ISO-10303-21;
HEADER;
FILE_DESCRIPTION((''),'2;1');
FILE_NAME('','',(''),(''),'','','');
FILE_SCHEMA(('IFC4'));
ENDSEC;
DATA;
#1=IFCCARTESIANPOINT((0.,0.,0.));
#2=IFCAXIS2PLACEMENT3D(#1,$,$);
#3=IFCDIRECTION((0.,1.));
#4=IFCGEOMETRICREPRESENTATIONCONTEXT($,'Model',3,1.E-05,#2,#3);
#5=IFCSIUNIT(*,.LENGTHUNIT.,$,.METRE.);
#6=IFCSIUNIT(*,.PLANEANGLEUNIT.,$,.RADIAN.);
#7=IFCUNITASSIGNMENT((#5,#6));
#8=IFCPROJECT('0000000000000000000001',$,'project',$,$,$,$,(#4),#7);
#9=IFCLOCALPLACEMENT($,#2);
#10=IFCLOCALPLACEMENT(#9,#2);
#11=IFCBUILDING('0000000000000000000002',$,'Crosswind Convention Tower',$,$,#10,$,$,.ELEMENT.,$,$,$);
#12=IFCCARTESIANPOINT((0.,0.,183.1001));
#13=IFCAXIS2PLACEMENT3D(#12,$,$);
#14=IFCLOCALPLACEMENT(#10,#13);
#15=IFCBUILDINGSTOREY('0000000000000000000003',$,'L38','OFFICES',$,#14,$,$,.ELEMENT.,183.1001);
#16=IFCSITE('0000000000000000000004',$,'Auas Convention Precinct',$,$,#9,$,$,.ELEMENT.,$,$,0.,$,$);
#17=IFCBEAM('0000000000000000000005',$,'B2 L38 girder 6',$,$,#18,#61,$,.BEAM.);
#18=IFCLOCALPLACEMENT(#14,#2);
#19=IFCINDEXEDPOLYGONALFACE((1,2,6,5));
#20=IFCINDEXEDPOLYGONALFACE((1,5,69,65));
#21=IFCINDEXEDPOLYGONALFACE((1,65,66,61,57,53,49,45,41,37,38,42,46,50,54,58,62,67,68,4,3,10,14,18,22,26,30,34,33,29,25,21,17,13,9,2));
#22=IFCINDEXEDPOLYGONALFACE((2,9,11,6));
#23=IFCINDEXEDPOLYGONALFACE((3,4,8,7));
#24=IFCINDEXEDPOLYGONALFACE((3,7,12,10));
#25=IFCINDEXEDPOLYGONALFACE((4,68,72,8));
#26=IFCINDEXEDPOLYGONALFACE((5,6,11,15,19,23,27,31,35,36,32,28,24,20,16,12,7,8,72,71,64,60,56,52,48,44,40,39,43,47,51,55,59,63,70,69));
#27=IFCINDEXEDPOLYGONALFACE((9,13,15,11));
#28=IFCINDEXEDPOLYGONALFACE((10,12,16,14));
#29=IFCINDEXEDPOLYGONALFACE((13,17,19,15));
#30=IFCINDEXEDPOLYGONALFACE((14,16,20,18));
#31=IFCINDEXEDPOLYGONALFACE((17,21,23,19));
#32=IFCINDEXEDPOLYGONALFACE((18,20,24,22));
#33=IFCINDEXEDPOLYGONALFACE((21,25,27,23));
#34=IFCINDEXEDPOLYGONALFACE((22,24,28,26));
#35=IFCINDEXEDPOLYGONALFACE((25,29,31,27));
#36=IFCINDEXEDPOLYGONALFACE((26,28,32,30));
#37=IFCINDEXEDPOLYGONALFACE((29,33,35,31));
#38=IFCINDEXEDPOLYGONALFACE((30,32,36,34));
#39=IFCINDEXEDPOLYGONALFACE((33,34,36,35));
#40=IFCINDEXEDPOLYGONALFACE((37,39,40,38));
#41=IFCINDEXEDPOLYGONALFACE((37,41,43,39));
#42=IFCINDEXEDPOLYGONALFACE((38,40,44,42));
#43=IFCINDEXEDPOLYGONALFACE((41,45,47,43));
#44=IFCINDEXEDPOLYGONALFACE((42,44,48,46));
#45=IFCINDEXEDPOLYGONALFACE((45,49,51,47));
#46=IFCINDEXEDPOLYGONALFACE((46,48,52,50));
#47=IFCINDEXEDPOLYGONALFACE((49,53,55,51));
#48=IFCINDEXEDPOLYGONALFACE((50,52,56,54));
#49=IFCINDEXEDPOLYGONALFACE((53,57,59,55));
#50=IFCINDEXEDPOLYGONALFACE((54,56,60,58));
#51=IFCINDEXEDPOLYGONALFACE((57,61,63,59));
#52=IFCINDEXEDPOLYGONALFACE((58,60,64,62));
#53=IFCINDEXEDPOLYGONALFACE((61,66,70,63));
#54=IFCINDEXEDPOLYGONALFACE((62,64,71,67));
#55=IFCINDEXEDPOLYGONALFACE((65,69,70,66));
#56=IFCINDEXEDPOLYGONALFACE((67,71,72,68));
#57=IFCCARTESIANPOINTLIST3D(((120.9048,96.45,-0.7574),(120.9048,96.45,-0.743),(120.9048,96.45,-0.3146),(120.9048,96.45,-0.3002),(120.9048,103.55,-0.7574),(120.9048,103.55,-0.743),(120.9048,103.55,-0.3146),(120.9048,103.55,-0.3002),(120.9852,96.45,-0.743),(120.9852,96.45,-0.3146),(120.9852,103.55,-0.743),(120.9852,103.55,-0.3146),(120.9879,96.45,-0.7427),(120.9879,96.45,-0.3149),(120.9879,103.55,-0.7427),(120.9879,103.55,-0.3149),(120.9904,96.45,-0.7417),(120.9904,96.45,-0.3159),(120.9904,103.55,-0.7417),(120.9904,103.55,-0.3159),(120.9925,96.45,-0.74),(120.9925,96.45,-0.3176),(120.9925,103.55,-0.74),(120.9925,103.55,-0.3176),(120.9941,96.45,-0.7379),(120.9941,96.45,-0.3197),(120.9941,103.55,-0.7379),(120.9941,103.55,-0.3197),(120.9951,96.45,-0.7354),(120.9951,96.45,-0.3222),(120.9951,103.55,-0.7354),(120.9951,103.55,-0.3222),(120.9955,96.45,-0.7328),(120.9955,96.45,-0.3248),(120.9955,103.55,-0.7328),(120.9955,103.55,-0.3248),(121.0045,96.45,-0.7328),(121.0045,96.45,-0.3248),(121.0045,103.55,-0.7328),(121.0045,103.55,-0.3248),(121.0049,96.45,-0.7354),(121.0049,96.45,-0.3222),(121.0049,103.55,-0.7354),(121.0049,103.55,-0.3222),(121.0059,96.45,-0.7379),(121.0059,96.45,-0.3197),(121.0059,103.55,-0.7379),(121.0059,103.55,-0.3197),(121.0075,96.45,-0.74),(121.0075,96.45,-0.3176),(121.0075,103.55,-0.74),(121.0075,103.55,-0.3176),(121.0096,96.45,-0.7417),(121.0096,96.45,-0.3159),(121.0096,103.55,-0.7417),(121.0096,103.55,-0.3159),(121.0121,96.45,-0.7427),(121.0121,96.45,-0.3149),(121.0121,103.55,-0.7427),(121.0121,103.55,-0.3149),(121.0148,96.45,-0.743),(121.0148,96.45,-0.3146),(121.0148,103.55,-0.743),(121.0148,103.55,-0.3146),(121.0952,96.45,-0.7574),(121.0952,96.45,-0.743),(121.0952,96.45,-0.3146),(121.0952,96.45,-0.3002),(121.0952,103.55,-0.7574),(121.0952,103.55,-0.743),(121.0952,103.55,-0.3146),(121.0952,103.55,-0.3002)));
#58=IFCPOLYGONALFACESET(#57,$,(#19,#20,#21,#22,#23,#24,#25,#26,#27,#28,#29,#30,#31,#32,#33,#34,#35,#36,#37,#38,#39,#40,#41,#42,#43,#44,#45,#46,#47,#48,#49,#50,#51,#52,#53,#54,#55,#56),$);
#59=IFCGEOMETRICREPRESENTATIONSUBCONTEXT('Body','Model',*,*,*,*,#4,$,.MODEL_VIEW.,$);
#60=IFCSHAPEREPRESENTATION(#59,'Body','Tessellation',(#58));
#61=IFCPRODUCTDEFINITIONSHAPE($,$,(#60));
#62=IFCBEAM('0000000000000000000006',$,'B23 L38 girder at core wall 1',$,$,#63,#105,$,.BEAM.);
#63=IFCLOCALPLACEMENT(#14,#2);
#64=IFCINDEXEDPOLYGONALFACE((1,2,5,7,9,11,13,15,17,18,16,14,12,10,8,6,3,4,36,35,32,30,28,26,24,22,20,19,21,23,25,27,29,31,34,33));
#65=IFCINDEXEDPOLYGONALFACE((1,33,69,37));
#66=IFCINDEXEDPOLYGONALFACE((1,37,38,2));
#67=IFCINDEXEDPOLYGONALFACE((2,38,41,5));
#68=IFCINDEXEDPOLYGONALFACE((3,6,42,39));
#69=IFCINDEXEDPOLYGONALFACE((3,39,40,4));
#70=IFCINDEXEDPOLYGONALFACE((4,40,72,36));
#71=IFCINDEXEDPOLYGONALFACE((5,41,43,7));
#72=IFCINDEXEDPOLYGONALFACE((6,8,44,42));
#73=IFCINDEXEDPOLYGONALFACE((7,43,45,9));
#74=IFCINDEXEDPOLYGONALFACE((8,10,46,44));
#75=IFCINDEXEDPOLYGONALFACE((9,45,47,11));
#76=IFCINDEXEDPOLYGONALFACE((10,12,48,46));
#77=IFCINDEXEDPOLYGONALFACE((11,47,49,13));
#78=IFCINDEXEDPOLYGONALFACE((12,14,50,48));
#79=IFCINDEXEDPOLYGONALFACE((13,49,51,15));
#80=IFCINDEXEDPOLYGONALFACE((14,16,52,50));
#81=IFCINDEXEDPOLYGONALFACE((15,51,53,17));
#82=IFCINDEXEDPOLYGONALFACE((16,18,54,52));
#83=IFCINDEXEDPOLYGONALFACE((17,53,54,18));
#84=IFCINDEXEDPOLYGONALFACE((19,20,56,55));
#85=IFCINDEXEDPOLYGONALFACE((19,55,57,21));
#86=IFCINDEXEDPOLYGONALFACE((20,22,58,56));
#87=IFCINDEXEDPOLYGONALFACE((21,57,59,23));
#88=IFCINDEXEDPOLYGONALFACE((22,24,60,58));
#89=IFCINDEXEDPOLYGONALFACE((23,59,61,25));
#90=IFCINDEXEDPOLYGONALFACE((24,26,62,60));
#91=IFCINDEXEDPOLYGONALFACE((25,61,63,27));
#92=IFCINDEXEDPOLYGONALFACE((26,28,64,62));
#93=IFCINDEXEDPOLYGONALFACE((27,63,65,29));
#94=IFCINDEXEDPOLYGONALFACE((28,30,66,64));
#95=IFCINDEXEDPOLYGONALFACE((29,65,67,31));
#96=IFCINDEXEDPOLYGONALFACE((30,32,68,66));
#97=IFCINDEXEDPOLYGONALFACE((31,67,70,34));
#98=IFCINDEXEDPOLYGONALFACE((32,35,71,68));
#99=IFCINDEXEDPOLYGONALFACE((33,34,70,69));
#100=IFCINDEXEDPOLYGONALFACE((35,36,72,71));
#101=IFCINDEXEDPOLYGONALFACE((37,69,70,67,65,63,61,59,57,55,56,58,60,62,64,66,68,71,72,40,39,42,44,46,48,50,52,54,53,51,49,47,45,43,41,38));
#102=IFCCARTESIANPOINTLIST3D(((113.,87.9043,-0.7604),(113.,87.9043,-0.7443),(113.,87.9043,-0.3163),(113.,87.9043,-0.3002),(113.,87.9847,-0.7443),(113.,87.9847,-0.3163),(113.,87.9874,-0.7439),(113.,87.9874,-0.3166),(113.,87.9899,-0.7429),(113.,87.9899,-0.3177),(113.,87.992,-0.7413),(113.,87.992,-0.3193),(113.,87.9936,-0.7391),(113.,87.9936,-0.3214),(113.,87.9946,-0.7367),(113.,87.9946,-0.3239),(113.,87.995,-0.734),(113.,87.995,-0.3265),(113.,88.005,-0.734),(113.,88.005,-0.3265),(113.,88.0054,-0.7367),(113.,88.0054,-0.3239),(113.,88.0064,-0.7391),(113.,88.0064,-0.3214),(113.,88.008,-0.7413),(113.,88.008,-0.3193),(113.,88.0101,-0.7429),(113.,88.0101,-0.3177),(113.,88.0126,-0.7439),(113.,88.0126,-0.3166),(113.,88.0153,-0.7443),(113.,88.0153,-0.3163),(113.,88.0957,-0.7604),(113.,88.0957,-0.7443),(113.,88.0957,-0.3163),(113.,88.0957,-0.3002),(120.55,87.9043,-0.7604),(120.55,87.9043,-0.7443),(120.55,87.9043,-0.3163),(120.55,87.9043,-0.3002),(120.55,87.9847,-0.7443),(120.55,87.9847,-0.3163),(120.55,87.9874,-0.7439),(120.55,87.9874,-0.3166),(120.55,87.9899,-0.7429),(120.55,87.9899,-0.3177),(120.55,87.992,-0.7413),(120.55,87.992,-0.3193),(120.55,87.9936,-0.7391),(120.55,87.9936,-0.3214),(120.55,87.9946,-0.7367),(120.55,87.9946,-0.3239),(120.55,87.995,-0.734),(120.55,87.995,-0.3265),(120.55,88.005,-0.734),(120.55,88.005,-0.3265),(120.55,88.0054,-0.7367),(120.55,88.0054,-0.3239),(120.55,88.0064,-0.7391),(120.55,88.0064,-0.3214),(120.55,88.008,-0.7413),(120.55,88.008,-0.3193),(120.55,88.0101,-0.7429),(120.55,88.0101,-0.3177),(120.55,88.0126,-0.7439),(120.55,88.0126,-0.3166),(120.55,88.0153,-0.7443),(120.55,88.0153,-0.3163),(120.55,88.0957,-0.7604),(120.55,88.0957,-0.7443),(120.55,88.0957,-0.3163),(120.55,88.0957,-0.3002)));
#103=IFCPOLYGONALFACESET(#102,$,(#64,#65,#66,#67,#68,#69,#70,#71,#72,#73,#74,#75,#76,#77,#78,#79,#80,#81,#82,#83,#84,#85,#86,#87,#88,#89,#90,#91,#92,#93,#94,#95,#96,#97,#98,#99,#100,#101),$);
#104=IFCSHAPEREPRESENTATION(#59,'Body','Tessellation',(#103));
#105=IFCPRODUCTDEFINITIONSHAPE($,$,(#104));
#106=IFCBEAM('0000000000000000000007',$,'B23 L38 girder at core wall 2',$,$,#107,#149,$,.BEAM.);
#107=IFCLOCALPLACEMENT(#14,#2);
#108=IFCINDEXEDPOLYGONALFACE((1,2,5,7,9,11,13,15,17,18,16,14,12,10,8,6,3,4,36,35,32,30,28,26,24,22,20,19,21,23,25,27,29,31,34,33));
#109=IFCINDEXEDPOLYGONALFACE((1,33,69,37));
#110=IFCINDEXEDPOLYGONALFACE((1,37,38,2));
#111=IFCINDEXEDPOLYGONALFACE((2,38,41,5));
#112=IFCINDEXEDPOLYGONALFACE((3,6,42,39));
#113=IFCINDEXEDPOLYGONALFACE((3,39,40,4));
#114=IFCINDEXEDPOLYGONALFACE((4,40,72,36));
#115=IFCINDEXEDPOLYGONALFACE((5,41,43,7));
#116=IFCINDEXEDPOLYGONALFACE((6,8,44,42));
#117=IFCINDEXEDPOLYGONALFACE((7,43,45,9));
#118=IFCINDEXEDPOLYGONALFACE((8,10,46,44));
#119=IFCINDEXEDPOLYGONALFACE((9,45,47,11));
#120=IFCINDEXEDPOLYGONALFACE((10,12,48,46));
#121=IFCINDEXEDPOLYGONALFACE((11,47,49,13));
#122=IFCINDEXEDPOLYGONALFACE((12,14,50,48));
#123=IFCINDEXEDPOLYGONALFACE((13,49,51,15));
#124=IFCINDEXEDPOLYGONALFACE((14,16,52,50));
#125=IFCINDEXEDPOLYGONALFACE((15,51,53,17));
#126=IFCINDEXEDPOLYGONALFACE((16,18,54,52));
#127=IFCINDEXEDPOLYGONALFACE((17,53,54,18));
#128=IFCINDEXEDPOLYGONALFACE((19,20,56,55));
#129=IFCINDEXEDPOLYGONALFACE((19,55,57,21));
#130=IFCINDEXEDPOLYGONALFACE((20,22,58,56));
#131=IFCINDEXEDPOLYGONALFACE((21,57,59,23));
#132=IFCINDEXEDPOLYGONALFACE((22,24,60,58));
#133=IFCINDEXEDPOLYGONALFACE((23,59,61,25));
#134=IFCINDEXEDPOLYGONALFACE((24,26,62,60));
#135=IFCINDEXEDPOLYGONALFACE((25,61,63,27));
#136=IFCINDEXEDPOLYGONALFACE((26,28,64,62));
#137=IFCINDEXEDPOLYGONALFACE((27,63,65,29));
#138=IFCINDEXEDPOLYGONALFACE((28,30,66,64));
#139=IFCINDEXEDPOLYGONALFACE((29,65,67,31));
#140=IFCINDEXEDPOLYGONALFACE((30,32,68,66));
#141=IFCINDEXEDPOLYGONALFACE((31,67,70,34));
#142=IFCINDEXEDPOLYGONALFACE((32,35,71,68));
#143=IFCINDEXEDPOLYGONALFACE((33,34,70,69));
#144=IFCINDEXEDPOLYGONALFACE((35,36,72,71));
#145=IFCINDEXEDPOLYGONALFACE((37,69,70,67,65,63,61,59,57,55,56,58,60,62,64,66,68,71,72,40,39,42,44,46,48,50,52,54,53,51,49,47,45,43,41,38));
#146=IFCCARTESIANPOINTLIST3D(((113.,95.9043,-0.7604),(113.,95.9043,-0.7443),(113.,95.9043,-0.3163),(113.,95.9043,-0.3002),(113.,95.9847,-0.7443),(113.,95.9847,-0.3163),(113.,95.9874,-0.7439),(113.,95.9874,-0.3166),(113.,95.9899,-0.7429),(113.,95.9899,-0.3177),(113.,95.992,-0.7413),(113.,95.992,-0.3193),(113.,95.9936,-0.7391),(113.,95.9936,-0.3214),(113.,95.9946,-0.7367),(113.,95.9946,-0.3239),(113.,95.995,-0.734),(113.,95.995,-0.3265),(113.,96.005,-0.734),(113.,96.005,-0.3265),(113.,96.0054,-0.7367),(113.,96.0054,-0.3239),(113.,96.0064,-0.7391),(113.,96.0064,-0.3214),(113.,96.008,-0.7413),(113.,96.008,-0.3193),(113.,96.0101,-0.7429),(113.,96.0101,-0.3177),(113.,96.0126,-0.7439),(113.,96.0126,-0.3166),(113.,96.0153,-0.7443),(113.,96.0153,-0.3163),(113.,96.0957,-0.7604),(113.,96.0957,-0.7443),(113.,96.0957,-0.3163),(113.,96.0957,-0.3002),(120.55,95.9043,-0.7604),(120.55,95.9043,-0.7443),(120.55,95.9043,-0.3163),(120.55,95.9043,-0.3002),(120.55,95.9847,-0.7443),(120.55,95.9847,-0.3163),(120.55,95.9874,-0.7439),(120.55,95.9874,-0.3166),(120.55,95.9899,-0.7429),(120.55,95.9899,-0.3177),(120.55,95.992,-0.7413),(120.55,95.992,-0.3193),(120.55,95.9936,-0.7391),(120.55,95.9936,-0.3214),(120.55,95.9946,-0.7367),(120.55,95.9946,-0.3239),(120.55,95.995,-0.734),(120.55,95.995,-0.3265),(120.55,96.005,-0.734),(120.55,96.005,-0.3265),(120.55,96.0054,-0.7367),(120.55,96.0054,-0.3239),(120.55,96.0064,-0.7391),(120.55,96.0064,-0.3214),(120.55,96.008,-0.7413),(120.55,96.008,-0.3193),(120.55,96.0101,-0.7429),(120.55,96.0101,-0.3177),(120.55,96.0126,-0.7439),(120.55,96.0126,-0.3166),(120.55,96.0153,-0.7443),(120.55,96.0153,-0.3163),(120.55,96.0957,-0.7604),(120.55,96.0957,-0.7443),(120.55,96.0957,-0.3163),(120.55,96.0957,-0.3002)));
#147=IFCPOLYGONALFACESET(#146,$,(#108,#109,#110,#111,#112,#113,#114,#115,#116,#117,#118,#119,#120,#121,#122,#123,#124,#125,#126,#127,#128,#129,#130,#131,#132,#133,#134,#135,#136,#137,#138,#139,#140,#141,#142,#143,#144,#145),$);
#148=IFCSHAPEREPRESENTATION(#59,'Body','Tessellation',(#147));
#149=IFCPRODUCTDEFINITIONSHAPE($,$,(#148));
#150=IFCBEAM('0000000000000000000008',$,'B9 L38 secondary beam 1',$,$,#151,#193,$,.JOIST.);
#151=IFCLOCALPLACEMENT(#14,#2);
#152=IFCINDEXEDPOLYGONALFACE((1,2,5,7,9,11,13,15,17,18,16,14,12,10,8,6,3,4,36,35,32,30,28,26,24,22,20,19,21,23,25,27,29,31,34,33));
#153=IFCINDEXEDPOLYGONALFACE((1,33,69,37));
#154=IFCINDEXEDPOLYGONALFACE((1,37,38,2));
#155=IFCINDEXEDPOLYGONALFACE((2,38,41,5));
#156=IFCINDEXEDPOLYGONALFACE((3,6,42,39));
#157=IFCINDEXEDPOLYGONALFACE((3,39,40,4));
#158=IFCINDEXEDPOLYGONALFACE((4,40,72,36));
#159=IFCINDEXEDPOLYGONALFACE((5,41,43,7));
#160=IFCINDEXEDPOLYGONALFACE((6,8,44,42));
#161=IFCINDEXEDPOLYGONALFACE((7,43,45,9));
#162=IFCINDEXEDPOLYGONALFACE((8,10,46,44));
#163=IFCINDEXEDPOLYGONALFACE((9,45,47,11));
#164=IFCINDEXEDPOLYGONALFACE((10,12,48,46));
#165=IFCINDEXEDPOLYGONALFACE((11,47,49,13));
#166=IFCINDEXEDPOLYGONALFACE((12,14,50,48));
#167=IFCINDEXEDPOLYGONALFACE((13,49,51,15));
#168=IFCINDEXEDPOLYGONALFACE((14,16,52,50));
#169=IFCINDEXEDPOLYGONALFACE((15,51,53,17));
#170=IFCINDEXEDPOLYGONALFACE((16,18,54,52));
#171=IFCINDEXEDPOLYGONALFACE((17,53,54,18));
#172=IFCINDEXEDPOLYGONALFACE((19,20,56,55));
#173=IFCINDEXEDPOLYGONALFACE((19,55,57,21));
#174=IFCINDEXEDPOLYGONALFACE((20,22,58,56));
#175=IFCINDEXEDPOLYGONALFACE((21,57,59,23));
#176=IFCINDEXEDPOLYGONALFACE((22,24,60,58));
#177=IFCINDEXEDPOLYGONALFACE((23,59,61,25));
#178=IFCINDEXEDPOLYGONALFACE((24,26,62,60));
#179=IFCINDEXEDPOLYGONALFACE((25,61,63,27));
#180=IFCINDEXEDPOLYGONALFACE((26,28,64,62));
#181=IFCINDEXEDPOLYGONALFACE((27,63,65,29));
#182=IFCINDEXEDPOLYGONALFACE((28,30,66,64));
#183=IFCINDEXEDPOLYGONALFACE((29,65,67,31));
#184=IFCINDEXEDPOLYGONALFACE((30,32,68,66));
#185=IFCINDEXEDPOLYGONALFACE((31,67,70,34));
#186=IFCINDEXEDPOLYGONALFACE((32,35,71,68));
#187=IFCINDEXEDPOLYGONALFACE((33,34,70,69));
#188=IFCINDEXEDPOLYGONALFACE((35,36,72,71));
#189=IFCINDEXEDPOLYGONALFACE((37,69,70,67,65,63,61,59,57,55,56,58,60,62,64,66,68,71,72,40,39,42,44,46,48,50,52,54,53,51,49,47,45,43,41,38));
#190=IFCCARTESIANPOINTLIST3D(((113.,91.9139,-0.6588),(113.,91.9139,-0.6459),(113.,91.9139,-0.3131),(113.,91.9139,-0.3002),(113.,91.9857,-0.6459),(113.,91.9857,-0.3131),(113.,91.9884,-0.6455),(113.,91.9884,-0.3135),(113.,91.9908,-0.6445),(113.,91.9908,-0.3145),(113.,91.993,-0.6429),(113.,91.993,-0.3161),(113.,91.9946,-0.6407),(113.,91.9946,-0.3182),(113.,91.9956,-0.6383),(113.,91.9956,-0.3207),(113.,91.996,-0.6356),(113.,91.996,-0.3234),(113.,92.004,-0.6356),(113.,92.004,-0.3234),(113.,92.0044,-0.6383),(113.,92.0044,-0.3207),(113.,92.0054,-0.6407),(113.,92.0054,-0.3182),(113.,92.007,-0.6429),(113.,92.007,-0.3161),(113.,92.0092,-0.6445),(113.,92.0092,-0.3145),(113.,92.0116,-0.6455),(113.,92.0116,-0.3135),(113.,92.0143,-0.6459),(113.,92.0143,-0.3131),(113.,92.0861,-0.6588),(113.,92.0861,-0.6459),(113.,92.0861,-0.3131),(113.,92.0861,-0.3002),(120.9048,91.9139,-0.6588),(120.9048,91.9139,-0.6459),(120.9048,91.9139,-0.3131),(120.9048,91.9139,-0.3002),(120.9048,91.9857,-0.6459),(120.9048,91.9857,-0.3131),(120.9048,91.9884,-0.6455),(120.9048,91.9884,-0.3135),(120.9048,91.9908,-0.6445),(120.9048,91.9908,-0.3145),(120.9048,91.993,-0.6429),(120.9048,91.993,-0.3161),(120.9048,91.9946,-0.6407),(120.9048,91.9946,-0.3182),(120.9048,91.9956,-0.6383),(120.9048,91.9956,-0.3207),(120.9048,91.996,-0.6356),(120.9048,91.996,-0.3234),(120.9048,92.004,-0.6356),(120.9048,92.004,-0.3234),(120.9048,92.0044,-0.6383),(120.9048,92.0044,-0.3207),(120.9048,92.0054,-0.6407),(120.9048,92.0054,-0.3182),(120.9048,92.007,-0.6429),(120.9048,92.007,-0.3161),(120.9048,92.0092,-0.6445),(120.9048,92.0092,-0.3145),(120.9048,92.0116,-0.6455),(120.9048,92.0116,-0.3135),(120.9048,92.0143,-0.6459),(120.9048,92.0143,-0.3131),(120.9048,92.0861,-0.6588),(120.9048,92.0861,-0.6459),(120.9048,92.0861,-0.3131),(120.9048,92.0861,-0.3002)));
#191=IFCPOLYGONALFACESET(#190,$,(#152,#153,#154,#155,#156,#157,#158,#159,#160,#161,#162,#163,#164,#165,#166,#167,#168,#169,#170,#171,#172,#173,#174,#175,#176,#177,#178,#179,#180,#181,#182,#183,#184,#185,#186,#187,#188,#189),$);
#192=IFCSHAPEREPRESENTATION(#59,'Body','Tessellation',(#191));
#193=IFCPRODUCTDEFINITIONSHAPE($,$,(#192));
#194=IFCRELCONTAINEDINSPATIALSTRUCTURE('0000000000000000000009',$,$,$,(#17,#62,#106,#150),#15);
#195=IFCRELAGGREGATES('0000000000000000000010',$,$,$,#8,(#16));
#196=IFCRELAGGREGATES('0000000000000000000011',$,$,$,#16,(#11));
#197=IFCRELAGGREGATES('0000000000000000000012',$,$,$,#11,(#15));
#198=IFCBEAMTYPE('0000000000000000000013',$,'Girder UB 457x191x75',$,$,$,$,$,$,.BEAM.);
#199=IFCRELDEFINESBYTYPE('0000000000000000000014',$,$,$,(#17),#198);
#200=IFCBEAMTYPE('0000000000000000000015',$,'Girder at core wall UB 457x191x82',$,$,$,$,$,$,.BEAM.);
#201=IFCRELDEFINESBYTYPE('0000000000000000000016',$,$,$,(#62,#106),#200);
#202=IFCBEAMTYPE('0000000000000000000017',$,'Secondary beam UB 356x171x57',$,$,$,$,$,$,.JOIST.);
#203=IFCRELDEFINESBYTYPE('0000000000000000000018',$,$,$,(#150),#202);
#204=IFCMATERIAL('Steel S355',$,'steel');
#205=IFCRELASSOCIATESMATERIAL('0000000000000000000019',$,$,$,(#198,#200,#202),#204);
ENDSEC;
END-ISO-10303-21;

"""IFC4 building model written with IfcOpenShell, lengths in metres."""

from ifc_helpers import new_model, si_unit, direction, frame, origin, origin_2d, place, context, subcontext, project, spatial, i_section, extrude, material, material_profile, profile_set, type_object, element, save


model = new_model("IFC4")

# Units and contexts
model_context = context("Model", 3, precision=1e-05, world=origin(), true_north=direction((0.0, 1.0)))
body_context = subcontext(model_context, "Body", "Model", "MODEL_VIEW")
ifc_project = project(units=[si_unit("LENGTHUNIT", "METRE"), si_unit("PLANEANGLEUNIT", "RADIAN")], contexts=[model_context])

# Site, building, storey
site_placement = place(None, origin())
site = spatial("IfcSite", under=ifc_project, at=site_placement, Name="Auas Convention Precinct", CompositionType="ELEMENT", RefElevation=0.0)
building_placement = place(site_placement, origin())
building = spatial("IfcBuilding", under=site, at=building_placement, Name="Crosswind Convention Tower", CompositionType="ELEMENT")
storey_placement = place(building_placement, frame((0.0, 0.0, 183.1001)))
storey = spatial("IfcBuildingStorey", under=building, at=storey_placement, Name="L38", Description="OFFICES", CompositionType="ELEMENT", Elevation=183.1001)

# Beams
ifc_material_1 = material(Name="Steel S355", Category="steel")
ifc_material_profile_1 = material_profile(ifc_material_1, i_section(OverallWidth=0.1904, OverallDepth=0.4573, WebThickness=0.009, FlangeThickness=0.0144, FilletRadius=0.0103, at=origin_2d()), Name="UB 457x191x75")
ifc_profile_set_1 = profile_set([ifc_material_profile_1], Name="Steel S355")
beam_type_1 = type_object("IfcBeamType", Name="Girder UB 457x191x75", PredefinedType="BEAM", material=ifc_profile_set_1)
for number, where, z_axis, x_axis, name in (
    (1, (121.0, 96.45, -0.5288), (0.0, 1.0, 0.0), (-1.0, 0.0, 0.0), "B2 L38 girder 6"),
):
    element("IfcBeam", number, at=place(storey_placement, frame(where, z_axis=z_axis, x_axis=x_axis)), inside=storey, type_object=beam_type_1, Name=name, PredefinedType="BEAM", context=body_context, shape_type="SweptSolid", body=[
        extrude(i_section(OverallWidth=0.1904, OverallDepth=0.4573, WebThickness=0.009, FlangeThickness=0.0144, FilletRadius=0.0103, at=origin_2d()), origin(), (0.0, 0.0, 1.0), 7.1001),
    ])
ifc_material_profile_2 = material_profile(ifc_material_1, i_section(OverallWidth=0.1914, OverallDepth=0.4602, WebThickness=0.01, FlangeThickness=0.0161, FilletRadius=0.0103, at=origin_2d()), Name="UB 457x191x82")
ifc_profile_set_2 = profile_set([ifc_material_profile_2], Name="Steel S355")
beam_type_2 = type_object("IfcBeamType", Name="Girder at core wall UB 457x191x82", PredefinedType="BEAM", material=ifc_profile_set_2)
for number, where, z_axis, x_axis, name in (
    (2, (113.0, 88.0, -0.5303), (1.0, 0.0, 0.0), (0.0, 1.0, 0.0), "B23 L38 girder at core wall 1"),
    (3, (113.0, 96.0, -0.5303), (1.0, 0.0, 0.0), (0.0, 1.0, 0.0), "B23 L38 girder at core wall 2"),
):
    element("IfcBeam", number, at=place(storey_placement, frame(where, z_axis=z_axis, x_axis=x_axis)), inside=storey, type_object=beam_type_2, Name=name, PredefinedType="BEAM", context=body_context, shape_type="SweptSolid", body=[
        extrude(i_section(OverallWidth=0.1914, OverallDepth=0.4602, WebThickness=0.01, FlangeThickness=0.0161, FilletRadius=0.0103, at=origin_2d()), origin(), (0.0, 0.0, 1.0), 7.55),
    ])
ifc_material_profile_3 = material_profile(ifc_material_1, i_section(OverallWidth=0.1721, OverallDepth=0.3586, WebThickness=0.0081, FlangeThickness=0.0129, FilletRadius=0.0103, at=origin_2d()), Name="UB 356x171x57")
ifc_profile_set_3 = profile_set([ifc_material_profile_3], Name="Steel S355")
beam_type_3 = type_object("IfcBeamType", Name="Secondary beam UB 356x171x57", PredefinedType="JOIST", material=ifc_profile_set_3)
beam_1_placement = place(storey_placement, frame((113.0, 92.0, -0.4795), z_axis=(1.0, 0.0, 0.0), x_axis=(0.0, 1.0, 0.0)))
element("IfcBeam", 4, at=beam_1_placement, inside=storey, type_object=beam_type_3, Name="B9 L38 secondary beam 1", PredefinedType="JOIST", context=body_context, shape_type="SweptSolid", body=[
    extrude(i_section(OverallWidth=0.1721, OverallDepth=0.3586, WebThickness=0.0081, FlangeThickness=0.0129, FilletRadius=0.0103, at=origin_2d()), origin(), (0.0, 0.0, 1.0), 7.9048),
])

save(model, "model.ifc")
